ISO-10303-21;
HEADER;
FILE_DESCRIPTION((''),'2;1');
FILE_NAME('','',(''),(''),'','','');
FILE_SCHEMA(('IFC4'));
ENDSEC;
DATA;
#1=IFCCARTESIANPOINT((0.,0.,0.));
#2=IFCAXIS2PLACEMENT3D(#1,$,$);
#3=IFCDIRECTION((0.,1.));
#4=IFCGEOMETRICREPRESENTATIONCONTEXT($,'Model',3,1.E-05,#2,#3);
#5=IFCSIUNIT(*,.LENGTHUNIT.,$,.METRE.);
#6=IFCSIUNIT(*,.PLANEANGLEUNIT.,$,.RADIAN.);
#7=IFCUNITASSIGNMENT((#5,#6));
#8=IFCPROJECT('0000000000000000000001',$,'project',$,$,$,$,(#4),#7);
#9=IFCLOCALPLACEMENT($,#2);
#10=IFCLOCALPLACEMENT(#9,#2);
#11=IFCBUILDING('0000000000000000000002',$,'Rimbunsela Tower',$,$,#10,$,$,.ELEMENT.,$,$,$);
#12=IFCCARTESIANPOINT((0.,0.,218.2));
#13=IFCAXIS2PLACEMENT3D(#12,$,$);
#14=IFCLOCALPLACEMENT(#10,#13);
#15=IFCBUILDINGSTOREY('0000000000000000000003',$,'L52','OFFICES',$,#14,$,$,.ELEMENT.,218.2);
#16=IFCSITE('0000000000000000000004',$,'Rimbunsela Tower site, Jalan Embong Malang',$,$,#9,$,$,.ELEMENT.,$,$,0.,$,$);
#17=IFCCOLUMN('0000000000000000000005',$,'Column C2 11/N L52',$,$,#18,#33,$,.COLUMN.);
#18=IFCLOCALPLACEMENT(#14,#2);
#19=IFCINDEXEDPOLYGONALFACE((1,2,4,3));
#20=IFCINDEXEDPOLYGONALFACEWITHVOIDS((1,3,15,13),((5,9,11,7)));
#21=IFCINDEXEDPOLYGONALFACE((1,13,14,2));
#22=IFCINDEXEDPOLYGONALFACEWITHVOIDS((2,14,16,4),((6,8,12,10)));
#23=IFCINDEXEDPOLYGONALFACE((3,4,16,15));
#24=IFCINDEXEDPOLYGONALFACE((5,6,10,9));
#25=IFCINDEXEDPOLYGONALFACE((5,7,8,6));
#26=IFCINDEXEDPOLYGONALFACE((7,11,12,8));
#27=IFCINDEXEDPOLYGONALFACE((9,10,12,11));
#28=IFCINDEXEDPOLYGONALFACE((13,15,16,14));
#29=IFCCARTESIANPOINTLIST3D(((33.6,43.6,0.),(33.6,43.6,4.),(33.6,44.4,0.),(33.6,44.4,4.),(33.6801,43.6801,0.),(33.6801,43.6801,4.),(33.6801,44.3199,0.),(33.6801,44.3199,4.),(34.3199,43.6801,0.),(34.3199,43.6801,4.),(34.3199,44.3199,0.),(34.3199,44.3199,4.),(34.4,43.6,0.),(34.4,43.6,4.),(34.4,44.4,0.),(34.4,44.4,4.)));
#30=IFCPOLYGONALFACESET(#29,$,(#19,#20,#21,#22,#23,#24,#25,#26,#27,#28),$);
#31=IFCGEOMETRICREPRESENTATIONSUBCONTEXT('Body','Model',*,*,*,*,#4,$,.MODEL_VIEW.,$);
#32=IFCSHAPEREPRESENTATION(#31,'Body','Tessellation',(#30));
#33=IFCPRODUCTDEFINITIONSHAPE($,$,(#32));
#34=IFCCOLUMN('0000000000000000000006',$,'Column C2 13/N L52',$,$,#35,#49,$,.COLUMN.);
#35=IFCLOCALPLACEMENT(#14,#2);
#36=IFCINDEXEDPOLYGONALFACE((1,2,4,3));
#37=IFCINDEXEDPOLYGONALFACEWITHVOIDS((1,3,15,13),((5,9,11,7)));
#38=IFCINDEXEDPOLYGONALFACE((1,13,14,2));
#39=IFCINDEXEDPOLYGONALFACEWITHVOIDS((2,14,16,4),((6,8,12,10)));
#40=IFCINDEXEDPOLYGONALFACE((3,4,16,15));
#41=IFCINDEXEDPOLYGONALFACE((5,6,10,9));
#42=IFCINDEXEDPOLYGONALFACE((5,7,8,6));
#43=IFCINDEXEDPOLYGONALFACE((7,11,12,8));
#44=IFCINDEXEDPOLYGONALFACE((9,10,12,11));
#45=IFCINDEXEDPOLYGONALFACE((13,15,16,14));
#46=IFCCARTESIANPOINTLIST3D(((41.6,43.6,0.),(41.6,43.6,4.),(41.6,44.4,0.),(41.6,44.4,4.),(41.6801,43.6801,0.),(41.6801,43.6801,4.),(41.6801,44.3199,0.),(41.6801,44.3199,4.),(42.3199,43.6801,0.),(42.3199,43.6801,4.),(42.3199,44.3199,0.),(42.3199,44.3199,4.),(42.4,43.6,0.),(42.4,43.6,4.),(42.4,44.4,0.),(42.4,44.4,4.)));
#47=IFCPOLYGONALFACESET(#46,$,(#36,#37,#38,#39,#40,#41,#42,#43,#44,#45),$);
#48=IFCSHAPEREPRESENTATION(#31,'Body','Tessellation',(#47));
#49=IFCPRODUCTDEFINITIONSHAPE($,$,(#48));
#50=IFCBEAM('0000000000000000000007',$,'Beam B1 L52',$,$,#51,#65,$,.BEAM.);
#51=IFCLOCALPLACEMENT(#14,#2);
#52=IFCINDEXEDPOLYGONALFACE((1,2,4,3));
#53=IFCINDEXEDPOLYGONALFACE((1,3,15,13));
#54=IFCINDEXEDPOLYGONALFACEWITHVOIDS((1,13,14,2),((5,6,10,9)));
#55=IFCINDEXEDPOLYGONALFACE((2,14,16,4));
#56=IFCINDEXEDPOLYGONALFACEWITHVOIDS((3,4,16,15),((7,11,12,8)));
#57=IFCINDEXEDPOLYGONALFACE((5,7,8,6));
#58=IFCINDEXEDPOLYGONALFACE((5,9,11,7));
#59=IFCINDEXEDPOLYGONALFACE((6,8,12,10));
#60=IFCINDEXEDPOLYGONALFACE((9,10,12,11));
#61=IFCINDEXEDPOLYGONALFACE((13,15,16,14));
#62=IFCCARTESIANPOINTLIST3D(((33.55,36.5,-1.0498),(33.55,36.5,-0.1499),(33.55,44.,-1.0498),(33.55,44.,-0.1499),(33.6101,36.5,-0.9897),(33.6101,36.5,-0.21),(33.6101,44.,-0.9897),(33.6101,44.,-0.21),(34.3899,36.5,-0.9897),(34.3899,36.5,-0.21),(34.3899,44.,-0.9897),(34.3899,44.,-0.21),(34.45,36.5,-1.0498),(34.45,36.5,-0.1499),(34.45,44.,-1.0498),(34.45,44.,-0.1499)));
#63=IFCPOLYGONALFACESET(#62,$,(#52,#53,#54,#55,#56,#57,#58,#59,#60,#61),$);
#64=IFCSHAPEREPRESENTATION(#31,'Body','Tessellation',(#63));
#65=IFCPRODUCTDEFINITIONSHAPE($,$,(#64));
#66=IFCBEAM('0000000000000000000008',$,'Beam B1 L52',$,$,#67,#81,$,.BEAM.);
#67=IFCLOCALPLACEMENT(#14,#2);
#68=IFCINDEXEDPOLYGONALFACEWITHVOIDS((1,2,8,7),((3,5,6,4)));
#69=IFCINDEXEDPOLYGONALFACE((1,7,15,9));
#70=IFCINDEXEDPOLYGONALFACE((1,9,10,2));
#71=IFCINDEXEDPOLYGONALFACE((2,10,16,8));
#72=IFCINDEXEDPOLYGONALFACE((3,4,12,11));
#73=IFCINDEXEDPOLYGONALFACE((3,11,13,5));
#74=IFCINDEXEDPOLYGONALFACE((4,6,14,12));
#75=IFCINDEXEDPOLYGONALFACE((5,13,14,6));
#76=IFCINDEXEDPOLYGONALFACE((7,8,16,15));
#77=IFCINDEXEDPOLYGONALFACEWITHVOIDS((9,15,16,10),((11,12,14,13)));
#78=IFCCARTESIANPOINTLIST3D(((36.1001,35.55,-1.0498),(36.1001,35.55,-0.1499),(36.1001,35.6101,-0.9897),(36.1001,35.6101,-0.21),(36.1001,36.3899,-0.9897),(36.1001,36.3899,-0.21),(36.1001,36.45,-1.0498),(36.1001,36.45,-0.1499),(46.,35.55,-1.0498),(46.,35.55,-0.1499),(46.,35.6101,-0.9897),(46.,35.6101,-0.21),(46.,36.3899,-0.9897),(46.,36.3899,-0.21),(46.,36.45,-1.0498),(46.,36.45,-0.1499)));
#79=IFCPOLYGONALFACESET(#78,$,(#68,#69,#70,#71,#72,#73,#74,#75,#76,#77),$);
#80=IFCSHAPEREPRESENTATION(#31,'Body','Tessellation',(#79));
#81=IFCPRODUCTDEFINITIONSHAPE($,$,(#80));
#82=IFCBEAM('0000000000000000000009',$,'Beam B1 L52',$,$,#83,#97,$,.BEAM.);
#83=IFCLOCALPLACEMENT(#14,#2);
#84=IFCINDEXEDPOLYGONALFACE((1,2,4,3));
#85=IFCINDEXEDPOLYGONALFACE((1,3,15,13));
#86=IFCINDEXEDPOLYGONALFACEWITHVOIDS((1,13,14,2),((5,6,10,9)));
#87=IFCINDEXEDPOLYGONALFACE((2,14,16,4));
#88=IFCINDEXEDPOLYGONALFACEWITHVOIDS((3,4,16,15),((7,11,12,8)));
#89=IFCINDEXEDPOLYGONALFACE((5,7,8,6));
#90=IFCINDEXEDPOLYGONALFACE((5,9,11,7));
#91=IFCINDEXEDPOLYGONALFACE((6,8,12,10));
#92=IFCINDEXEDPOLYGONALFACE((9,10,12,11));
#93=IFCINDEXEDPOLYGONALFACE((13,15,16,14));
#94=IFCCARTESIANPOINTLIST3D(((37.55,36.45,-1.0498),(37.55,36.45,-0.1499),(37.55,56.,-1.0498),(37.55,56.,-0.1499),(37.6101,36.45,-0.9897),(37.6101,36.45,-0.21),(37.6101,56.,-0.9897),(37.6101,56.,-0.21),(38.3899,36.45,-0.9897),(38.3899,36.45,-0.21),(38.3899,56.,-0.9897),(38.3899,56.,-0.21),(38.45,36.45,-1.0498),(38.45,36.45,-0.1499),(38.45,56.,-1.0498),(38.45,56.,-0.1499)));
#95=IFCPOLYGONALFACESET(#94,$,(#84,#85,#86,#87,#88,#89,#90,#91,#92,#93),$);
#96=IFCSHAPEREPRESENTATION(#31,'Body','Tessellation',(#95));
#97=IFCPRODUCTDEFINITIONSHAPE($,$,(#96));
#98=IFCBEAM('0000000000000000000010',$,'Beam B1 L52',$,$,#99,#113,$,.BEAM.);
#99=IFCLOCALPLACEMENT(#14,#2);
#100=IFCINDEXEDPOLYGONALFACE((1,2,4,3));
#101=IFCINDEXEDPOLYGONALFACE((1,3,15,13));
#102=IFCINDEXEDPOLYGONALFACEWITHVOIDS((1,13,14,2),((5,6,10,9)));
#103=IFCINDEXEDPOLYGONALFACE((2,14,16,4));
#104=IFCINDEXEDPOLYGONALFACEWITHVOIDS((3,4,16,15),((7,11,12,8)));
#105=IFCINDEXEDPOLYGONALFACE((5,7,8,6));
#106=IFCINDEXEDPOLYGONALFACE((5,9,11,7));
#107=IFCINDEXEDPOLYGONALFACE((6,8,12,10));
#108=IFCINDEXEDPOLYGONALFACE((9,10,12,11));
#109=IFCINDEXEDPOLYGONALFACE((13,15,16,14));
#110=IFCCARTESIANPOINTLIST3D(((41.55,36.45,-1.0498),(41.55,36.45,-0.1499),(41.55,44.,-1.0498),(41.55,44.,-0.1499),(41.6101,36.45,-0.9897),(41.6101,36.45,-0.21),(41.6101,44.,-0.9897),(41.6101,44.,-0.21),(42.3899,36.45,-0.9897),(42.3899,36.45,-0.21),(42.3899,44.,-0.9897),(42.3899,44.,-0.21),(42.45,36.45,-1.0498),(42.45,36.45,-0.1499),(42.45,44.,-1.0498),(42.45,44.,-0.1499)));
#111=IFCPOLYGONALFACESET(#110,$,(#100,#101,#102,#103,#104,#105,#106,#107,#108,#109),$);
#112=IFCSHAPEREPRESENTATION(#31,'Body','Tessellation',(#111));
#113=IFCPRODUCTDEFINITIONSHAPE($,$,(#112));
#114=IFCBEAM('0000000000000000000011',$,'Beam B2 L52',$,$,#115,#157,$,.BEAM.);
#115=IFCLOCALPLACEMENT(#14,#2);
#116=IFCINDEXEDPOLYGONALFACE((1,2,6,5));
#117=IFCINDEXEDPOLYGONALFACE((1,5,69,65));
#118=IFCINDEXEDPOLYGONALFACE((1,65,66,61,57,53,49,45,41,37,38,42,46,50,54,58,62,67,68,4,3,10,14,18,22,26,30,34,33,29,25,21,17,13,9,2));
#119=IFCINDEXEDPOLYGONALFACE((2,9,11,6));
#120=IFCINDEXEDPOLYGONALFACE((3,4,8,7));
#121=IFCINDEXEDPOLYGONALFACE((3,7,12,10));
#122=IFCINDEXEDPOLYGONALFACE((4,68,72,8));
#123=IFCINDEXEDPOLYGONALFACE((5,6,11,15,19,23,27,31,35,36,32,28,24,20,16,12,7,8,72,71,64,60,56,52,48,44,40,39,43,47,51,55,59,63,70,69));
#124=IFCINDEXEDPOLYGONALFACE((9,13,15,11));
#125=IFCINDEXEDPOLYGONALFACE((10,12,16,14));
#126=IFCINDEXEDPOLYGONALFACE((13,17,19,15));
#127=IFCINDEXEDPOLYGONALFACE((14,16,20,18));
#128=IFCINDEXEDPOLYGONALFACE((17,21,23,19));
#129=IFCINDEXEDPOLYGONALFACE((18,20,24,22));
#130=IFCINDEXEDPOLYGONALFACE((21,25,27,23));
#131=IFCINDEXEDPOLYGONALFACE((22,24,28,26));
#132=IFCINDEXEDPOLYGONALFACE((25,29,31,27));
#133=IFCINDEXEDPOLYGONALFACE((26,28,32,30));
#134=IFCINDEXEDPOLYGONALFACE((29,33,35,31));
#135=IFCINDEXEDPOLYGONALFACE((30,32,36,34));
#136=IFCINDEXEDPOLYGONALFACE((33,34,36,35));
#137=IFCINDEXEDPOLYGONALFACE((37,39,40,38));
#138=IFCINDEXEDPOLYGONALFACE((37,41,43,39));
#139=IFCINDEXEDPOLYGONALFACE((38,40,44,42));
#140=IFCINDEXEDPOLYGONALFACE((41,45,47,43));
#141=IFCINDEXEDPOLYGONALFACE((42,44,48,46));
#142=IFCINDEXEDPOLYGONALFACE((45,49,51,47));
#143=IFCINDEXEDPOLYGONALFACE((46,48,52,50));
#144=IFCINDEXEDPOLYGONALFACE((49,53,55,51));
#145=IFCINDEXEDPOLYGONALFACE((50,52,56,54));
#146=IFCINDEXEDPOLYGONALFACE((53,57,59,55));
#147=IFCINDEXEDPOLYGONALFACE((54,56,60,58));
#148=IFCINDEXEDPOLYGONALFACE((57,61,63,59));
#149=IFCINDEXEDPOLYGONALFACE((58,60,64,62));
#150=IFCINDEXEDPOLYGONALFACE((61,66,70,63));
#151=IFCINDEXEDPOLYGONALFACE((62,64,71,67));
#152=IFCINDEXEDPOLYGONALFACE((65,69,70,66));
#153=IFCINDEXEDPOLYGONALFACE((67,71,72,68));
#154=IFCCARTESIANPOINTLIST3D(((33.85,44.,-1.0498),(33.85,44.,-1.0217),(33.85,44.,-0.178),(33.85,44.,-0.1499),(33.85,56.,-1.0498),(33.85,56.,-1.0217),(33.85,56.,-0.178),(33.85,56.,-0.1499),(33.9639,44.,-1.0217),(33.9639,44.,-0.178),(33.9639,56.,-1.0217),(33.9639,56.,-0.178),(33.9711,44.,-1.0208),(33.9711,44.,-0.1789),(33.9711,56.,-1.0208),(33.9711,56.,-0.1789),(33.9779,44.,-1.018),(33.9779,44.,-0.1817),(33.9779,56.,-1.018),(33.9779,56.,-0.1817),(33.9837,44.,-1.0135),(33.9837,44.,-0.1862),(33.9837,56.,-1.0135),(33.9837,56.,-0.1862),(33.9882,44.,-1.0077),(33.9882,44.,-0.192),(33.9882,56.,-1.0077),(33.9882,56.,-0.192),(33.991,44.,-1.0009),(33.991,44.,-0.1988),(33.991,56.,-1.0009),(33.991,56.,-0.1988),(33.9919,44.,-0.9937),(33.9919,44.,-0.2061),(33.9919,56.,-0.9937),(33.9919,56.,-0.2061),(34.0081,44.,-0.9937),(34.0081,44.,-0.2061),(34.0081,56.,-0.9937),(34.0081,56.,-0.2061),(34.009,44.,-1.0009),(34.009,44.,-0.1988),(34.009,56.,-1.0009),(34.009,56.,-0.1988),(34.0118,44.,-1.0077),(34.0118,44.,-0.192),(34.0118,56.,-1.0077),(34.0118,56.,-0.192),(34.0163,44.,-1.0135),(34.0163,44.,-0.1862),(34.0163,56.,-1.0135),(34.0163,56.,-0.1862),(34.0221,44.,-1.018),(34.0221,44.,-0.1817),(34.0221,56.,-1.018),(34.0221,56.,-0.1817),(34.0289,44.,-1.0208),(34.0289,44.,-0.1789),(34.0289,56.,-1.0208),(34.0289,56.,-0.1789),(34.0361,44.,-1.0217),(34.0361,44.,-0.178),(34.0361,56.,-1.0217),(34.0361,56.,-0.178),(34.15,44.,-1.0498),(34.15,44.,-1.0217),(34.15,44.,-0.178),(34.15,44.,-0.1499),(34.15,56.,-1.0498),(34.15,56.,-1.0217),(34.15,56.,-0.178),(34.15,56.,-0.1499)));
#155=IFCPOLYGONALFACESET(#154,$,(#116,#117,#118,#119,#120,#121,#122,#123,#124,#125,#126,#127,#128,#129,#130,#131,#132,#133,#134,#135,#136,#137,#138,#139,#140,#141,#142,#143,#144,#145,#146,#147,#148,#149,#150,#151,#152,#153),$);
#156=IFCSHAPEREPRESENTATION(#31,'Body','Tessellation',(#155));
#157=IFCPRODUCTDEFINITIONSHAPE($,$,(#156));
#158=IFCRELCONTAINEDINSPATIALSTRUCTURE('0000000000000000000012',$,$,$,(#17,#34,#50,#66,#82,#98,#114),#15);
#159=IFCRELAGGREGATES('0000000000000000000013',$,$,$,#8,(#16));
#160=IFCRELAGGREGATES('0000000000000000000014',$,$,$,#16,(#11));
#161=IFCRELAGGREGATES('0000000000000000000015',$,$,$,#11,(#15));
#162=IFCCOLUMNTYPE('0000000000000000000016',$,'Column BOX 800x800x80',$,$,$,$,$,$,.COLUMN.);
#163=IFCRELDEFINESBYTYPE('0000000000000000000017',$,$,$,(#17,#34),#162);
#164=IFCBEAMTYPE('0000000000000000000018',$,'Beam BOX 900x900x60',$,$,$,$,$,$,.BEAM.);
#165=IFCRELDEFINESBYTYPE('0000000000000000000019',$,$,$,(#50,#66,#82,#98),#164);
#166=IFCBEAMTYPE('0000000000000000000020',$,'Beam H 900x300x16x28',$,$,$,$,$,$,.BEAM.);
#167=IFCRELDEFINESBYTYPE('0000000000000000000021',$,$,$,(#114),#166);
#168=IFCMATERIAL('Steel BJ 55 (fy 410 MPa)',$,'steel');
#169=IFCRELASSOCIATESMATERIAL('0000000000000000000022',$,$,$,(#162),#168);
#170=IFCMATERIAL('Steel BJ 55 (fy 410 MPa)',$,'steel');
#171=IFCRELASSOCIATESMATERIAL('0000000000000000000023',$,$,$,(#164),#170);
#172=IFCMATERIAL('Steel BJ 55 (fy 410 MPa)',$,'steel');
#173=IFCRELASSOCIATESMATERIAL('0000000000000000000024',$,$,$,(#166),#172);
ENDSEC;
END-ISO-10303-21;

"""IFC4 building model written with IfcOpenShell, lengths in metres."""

from ifc_helpers import new_model, si_unit, direction, frame, origin, origin_2d, place, context, subcontext, project, spatial, hollow_rectangle, i_section, extrude, material, material_profile, profile_set, type_object, element, save


model = new_model("IFC4")

# Units and contexts
model_context = context("Model", 3, precision=1e-05, world=origin(), true_north=direction((0.0, 1.0)))
body_context = subcontext(model_context, "Body", "Model", "MODEL_VIEW")
ifc_project = project(units=[si_unit("LENGTHUNIT", "METRE"), si_unit("PLANEANGLEUNIT", "RADIAN")], contexts=[model_context])

# Site, building, storey
site_placement = place(None, origin())
site = spatial("IfcSite", under=ifc_project, at=site_placement, Name="Rimbunsela Tower site, Jalan Embong Malang", CompositionType="ELEMENT", RefElevation=0.0)
building_placement = place(site_placement, origin())
building = spatial("IfcBuilding", under=site, at=building_placement, Name="Rimbunsela Tower", CompositionType="ELEMENT")
storey_placement = place(building_placement, frame((0.0, 0.0, 218.2)))
storey = spatial("IfcBuildingStorey", under=building, at=storey_placement, Name="L52", Description="OFFICES", CompositionType="ELEMENT", Elevation=218.2)

# Columns
ifc_material_1 = material(Name="Steel BJ 55 (fy 410 MPa)", Category="steel")
ifc_material_profile_1 = material_profile(ifc_material_1, hollow_rectangle(XDim=0.8, YDim=0.8, WallThickness=0.0801, at=origin_2d()), Name="BOX 800x800x80")
ifc_profile_set_1 = profile_set([ifc_material_profile_1], Name="Steel BJ 55 (fy 410 MPa)")
column_type = type_object("IfcColumnType", Name="Column BOX 800x800x80", PredefinedType="COLUMN", material=ifc_profile_set_1)
for number, where, z_axis, x_axis, name in (
    (1, (34.0, 44.0, 0.0), (0.0, 0.0, 1.0), (1.0, 0.0, 0.0), "Column C2 11/N L52"),
    (2, (42.0, 44.0, 0.0), (0.0, 0.0, 1.0), (1.0, 0.0, 0.0), "Column C2 13/N L52"),
):
    element("IfcColumn", number, at=place(storey_placement, frame(where, z_axis=z_axis, x_axis=x_axis)), inside=storey, type_object=column_type, Name=name, PredefinedType="COLUMN", context=body_context, shape_type="SweptSolid", body=[
        extrude(hollow_rectangle(XDim=0.8, YDim=0.8, WallThickness=0.0801, at=origin_2d()), origin(), (0.0, 0.0, 1.0), 4.0),
    ])

# Beams
ifc_material_2 = material(Name="Steel BJ 55 (fy 410 MPa)", Category="steel")
ifc_material_profile_2 = material_profile(ifc_material_2, hollow_rectangle(XDim=0.8999, YDim=0.8999, WallThickness=0.0601, at=origin_2d()), Name="BOX 900x900x60")
ifc_profile_set_2 = profile_set([ifc_material_profile_2], Name="Steel BJ 55 (fy 410 MPa)")
beam_type_1 = type_object("IfcBeamType", Name="Beam BOX 900x900x60", PredefinedType="BEAM", material=ifc_profile_set_2)
beam_1_placement = place(storey_placement, frame((34.0, 36.5, -0.5999), z_axis=(0.0, 1.0, 0.0), x_axis=(-1.0, 0.0, 0.0)))
element("IfcBeam", 3, at=beam_1_placement, inside=storey, type_object=beam_type_1, Name="Beam B1 L52", PredefinedType="BEAM", context=body_context, shape_type="SweptSolid", body=[
    extrude(hollow_rectangle(XDim=0.8999, YDim=0.8999, WallThickness=0.0601, at=origin_2d()), origin(), (0.0, 0.0, 1.0), 7.5),
])
beam_2_placement = place(storey_placement, frame((36.1001, 36.0, -0.5999), z_axis=(1.0, 0.0, 0.0), x_axis=(0.0, 1.0, 0.0)))
element("IfcBeam", 4, at=beam_2_placement, inside=storey, type_object=beam_type_1, Name="Beam B1 L52", PredefinedType="BEAM", context=body_context, shape_type="SweptSolid", body=[
    extrude(hollow_rectangle(XDim=0.8999, YDim=0.8999, WallThickness=0.0601, at=origin_2d()), origin(), (0.0, 0.0, 1.0), 9.8999),
])
beam_3_placement = place(storey_placement, frame((38.0, 36.45, -0.5999), z_axis=(0.0, 1.0, 0.0), x_axis=(-1.0, 0.0, 0.0)))
element("IfcBeam", 5, at=beam_3_placement, inside=storey, type_object=beam_type_1, Name="Beam B1 L52", PredefinedType="BEAM", context=body_context, shape_type="SweptSolid", body=[
    extrude(hollow_rectangle(XDim=0.8999, YDim=0.8999, WallThickness=0.0601, at=origin_2d()), origin(), (0.0, 0.0, 1.0), 19.55),
])
beam_4_placement = place(storey_placement, frame((42.0, 36.45, -0.5999), z_axis=(0.0, 1.0, 0.0), x_axis=(-1.0, 0.0, 0.0)))
element("IfcBeam", 6, at=beam_4_placement, inside=storey, type_object=beam_type_1, Name="Beam B1 L52", PredefinedType="BEAM", context=body_context, shape_type="SweptSolid", body=[
    extrude(hollow_rectangle(XDim=0.8999, YDim=0.8999, WallThickness=0.0601, at=origin_2d()), origin(), (0.0, 0.0, 1.0), 7.55),
])
ifc_material_3 = material(Name="Steel BJ 55 (fy 410 MPa)", Category="steel")
ifc_material_profile_3 = material_profile(ifc_material_3, i_section(OverallWidth=0.3, OverallDepth=0.8999, WebThickness=0.0161, FlangeThickness=0.0281, FilletRadius=0.0281, at=origin_2d()), Name="H 900x300x16x28")
ifc_profile_set_3 = profile_set([ifc_material_profile_3], Name="Steel BJ 55 (fy 410 MPa)")
beam_type_2 = type_object("IfcBeamType", Name="Beam H 900x300x16x28", PredefinedType="BEAM", material=ifc_profile_set_3)
beam_5_placement = place(storey_placement, frame((34.0, 44.0, -0.5999), z_axis=(0.0, 1.0, 0.0), x_axis=(-1.0, 0.0, 0.0)))
element("IfcBeam", 7, at=beam_5_placement, inside=storey, type_object=beam_type_2, Name="Beam B2 L52", PredefinedType="BEAM", context=body_context, shape_type="SweptSolid", body=[
    extrude(i_section(OverallWidth=0.3, OverallDepth=0.8999, WebThickness=0.0161, FlangeThickness=0.0281, FilletRadius=0.0281, at=origin_2d()), origin(), (0.0, 0.0, 1.0), 12.0),
])

save(model, "model.ifc")
